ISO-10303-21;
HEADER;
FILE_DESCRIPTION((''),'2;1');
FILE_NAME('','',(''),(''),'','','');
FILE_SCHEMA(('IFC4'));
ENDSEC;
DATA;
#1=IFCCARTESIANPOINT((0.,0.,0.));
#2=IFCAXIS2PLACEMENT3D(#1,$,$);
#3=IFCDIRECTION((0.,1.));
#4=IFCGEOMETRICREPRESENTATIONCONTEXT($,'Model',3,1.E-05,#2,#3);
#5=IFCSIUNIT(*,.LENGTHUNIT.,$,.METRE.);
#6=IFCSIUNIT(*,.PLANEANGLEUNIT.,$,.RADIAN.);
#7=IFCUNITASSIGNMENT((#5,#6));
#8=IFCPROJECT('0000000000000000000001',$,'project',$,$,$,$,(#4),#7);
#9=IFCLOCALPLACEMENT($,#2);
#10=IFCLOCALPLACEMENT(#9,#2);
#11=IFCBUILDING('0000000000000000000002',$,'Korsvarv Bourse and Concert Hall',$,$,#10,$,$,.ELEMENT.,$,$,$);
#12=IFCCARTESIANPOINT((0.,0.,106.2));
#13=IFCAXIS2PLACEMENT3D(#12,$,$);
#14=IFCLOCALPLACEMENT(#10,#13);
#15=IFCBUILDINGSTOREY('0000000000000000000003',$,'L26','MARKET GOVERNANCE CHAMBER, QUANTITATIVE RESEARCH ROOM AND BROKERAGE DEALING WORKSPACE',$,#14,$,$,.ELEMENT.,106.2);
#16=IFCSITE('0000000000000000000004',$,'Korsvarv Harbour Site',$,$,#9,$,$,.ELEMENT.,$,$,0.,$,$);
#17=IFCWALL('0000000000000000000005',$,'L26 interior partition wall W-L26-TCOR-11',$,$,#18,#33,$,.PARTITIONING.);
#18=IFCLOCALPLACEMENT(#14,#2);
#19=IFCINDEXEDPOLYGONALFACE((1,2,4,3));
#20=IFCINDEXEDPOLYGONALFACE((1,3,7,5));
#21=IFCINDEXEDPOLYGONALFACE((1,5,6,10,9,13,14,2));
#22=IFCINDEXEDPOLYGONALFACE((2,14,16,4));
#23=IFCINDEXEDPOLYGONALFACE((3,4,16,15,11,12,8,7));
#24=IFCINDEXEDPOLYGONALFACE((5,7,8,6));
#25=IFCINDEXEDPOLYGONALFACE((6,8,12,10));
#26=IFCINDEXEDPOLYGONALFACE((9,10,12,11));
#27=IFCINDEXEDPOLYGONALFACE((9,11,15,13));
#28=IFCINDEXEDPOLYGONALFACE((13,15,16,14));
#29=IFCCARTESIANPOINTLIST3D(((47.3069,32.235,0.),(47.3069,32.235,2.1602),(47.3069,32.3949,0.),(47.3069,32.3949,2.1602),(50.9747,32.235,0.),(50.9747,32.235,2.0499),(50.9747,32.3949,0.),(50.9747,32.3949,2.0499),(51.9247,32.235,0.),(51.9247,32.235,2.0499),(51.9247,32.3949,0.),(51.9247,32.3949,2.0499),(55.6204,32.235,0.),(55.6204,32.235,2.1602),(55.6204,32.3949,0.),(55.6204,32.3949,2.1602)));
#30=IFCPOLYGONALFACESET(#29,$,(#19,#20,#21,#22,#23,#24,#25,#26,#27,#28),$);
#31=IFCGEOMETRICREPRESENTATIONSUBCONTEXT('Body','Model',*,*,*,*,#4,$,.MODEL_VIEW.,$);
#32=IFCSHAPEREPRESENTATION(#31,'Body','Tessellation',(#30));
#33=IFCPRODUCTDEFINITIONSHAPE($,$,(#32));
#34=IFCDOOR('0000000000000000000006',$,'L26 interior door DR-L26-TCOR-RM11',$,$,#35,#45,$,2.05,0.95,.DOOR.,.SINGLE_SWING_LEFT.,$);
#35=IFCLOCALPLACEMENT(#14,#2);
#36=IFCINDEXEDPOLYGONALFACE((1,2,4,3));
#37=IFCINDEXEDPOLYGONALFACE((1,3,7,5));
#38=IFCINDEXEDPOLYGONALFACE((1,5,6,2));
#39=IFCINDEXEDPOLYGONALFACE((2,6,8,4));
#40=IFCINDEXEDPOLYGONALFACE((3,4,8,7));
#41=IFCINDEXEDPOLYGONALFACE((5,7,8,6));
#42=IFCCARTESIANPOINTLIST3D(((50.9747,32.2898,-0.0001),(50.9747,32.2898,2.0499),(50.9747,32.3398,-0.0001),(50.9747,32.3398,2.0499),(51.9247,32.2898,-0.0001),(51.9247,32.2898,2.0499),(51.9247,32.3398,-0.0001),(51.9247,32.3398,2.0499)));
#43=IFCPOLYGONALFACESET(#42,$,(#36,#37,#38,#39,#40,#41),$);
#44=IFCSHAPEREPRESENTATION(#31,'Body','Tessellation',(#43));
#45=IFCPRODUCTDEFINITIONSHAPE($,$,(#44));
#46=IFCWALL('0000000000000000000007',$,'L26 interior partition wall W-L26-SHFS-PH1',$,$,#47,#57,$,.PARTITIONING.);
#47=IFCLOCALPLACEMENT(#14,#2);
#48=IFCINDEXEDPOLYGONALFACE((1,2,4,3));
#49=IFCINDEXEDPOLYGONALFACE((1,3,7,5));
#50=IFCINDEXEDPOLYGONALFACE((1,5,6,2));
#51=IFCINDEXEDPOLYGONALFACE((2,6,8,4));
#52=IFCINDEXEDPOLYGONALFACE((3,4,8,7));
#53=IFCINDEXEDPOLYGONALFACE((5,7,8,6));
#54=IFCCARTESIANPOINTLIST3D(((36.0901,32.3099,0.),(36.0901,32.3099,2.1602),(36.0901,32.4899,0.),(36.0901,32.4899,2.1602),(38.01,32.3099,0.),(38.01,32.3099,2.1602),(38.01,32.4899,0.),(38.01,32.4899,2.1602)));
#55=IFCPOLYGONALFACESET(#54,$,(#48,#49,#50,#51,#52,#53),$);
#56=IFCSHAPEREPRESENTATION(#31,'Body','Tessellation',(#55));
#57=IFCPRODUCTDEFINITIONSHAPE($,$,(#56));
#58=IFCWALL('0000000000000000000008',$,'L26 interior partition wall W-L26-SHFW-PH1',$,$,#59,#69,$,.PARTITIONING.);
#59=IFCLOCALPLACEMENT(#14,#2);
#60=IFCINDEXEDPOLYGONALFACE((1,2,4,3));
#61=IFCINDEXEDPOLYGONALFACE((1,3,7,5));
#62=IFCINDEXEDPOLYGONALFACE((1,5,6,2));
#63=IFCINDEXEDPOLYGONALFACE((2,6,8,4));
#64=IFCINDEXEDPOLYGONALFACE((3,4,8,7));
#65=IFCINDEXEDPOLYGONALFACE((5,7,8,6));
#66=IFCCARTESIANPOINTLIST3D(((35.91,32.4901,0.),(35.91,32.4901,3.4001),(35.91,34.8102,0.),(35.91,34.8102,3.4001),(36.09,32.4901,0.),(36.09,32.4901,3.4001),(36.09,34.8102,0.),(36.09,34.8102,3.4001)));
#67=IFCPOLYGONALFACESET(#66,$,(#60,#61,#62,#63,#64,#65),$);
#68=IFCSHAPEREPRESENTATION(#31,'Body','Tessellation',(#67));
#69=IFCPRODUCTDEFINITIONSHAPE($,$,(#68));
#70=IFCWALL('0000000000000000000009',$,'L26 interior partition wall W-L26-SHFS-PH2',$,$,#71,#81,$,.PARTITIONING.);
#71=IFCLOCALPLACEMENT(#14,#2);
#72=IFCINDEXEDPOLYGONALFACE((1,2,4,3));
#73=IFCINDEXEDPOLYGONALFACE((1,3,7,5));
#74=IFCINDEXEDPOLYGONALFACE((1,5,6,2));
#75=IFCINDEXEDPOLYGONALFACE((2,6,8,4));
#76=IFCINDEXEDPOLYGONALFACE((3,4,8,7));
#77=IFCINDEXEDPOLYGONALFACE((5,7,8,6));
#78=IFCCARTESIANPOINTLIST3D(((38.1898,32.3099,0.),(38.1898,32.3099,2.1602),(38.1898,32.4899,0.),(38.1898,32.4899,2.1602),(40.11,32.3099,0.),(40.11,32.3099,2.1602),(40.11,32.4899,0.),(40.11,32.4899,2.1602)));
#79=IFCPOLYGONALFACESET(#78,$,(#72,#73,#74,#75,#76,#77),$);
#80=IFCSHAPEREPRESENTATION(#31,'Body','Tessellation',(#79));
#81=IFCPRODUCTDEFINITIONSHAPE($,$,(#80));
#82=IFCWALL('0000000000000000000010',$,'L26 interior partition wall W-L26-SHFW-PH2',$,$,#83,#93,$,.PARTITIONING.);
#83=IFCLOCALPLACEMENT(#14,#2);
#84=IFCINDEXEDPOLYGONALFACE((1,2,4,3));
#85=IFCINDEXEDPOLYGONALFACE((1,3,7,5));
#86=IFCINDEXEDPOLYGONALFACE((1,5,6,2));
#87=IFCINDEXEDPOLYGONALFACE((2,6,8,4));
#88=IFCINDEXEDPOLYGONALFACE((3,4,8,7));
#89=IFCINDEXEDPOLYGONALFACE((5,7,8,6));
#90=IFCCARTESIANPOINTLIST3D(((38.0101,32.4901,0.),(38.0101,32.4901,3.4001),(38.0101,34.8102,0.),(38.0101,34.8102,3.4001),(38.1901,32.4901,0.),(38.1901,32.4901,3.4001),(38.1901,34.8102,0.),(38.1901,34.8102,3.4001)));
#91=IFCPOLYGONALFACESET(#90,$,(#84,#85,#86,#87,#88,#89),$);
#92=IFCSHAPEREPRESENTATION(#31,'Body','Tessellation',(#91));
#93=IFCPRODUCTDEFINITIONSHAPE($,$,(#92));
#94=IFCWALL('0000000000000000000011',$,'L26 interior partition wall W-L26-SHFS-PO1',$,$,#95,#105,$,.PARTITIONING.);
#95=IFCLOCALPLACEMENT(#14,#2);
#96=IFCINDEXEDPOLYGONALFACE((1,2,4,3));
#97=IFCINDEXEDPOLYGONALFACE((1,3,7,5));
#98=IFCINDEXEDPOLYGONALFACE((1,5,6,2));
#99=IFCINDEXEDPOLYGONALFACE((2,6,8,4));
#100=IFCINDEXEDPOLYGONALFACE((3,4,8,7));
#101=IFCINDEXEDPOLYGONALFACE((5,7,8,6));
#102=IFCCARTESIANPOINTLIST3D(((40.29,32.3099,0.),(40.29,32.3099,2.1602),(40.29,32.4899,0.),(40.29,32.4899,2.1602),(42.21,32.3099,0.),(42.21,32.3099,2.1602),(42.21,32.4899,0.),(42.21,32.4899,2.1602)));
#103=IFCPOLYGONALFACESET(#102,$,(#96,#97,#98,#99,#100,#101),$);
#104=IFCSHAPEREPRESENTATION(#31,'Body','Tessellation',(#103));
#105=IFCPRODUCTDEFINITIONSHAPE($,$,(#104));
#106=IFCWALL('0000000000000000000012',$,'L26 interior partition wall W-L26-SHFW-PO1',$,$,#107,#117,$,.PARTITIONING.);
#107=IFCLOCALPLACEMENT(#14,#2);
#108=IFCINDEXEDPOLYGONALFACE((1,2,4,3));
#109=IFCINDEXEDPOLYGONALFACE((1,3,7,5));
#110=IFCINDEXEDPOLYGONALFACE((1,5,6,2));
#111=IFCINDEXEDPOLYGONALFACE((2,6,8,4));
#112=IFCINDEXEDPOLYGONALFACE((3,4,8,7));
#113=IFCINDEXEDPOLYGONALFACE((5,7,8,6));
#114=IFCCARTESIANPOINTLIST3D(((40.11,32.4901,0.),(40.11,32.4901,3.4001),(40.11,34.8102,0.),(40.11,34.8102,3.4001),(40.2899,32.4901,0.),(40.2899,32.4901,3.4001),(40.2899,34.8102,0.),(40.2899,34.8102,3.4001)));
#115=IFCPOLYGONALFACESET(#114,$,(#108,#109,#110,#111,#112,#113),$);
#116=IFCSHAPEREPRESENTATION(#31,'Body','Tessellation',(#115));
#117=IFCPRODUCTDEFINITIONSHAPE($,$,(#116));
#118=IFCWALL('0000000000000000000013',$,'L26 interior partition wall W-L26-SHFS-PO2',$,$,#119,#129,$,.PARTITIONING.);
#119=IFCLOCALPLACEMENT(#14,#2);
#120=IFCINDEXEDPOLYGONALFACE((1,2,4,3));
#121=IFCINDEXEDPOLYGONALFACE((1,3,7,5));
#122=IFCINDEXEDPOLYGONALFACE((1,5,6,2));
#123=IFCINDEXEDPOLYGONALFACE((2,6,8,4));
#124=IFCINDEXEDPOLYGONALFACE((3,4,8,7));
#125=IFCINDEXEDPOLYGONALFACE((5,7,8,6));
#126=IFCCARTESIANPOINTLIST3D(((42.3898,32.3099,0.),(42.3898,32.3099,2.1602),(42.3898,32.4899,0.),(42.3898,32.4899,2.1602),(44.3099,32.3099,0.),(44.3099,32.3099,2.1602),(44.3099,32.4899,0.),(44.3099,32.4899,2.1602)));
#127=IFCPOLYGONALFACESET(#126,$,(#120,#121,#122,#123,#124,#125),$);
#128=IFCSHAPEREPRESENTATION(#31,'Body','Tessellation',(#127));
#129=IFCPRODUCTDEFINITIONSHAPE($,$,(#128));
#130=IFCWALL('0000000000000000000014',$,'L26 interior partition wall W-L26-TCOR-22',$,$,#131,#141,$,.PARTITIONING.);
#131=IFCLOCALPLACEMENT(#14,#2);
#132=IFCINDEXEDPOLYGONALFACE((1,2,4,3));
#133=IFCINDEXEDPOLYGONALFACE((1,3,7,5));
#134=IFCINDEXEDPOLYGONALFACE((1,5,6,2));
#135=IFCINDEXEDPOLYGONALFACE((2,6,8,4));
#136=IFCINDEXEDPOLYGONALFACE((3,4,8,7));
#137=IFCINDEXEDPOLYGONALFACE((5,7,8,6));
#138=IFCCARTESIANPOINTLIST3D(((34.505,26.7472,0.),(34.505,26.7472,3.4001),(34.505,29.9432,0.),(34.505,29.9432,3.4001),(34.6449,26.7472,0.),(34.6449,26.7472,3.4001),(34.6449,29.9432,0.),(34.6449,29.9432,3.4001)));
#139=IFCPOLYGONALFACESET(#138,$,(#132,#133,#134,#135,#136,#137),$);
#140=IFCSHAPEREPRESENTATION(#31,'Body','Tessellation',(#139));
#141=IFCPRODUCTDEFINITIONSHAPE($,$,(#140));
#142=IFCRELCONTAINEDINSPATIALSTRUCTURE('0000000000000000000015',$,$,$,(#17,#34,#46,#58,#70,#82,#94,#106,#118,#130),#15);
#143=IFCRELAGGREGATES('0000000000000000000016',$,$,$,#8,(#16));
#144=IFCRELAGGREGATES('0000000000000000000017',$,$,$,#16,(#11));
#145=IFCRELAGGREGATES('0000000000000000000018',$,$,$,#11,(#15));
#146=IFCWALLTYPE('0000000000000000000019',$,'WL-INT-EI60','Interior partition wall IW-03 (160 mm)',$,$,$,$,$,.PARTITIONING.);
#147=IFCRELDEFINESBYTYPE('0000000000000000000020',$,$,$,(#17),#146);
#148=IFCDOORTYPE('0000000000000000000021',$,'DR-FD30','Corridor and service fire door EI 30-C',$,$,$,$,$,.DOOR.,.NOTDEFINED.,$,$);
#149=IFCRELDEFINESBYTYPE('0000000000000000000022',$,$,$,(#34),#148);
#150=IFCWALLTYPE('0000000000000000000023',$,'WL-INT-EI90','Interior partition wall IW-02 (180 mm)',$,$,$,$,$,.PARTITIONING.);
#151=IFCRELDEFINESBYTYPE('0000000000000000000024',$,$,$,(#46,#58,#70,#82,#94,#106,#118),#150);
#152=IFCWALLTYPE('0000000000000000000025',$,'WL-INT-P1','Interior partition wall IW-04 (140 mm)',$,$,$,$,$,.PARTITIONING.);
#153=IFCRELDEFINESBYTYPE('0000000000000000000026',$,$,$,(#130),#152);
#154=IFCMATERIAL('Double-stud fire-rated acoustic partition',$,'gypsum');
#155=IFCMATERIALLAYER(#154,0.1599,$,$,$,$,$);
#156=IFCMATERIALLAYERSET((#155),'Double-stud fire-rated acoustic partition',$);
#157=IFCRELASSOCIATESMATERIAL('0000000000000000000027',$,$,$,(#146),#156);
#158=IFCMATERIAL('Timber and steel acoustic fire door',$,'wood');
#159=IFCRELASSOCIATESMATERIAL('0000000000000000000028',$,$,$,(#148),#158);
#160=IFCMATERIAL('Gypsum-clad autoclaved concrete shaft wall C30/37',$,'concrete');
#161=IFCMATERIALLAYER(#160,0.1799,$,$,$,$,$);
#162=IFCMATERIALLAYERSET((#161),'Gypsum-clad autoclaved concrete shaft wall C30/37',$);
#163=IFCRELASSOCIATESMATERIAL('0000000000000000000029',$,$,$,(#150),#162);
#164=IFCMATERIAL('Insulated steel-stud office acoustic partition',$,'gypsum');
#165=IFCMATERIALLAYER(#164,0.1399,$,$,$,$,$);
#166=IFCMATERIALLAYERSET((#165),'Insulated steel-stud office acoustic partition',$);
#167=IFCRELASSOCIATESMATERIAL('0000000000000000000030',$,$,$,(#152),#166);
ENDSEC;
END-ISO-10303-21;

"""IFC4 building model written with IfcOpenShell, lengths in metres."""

from ifc_helpers import new_model, si_unit, direction, frame, frame_2d, origin, place, context, subcontext, project, spatial, rectangle, extrude, material, layer, layer_set, type_object, element, fill, save


model = new_model("IFC4")

# Units and contexts
model_context = context("Model", 3, precision=1e-05, world=origin(), true_north=direction((0.0, 1.0)))
body_context = subcontext(model_context, "Body", "Model", "MODEL_VIEW")
ifc_project = project(units=[si_unit("LENGTHUNIT", "METRE"), si_unit("PLANEANGLEUNIT", "RADIAN")], contexts=[model_context])

# Site, building, storey
site_placement = place(None, origin())
site = spatial("IfcSite", under=ifc_project, at=site_placement, Name="Korsvarv Harbour Site", CompositionType="ELEMENT", RefElevation=0.0)
building_placement = place(site_placement, origin())
building = spatial("IfcBuilding", under=site, at=building_placement, Name="Korsvarv Bourse and Concert Hall", CompositionType="ELEMENT")
storey_placement = place(building_placement, frame((0.0, 0.0, 106.2)))
storey = spatial("IfcBuildingStorey", under=building, at=storey_placement, Name="L26", Description="MARKET GOVERNANCE CHAMBER, QUANTITATIVE RESEARCH ROOM AND BROKERAGE DEALING WORKSPACE", CompositionType="ELEMENT", Elevation=106.2)

# Shared definitions
ifc_material_1 = material(Name="Double-stud fire-rated acoustic partition", Category="gypsum")
ifc_layer_1 = layer(ifc_material_1, 0.1599)
ifc_layer_set_1 = layer_set([ifc_layer_1], Name="Double-stud fire-rated acoustic partition")
wall_type_1 = type_object("IfcWallType", Name="WL-INT-EI60", Description="Interior partition wall IW-03 (160 mm)", PredefinedType="PARTITIONING", material=ifc_layer_set_1)

# Wall, opening, door
wall_1_placement = place(storey_placement, frame((47.3069, 32.3149, 0.0), z_axis=(0.0, 0.0, 1.0), x_axis=(1.0, 0.0, 0.0)))
wall_1 = element("IfcWall", 1, at=wall_1_placement, inside=storey, type_object=wall_type_1, Name="L26 interior partition wall W-L26-TCOR-11", PredefinedType="PARTITIONING", context=body_context, shape_type="SweptSolid", body=[
    extrude(rectangle(XDim=8.3135, YDim=0.1599, at=frame_2d((4.1567, 0.0))), origin(), (0.0, 0.0, 1.0), 2.1602),
])
opening_placement = place(wall_1_placement, frame((3.6677, 0.0, 0.0)))
opening = element("IfcOpeningElement", 2, at=opening_placement, cuts=wall_1, PredefinedType="OPENING", context=body_context, shape_type="SweptSolid", body=[
    extrude(rectangle(XDim=0.95, YDim=2.05, at=frame_2d((0.4751, 1.0249))), frame((0.0, 0.0898, 0.0), z_axis=(0.0, -1.0, 0.0), x_axis=(1.0, 0.0, 0.0)), (0.0, 0.0, 1.0), 0.1799),
])
ifc_material_2 = material(Name="Timber and steel acoustic fire door", Category="wood")
door_type = type_object("IfcDoorType", Name="DR-FD30", Description="Corridor and service fire door EI 30-C", OperationType="NOTDEFINED", PredefinedType="DOOR", material=ifc_material_2)
door_placement = place(opening_placement, origin())
door = element("IfcDoor", 3, at=door_placement, inside=storey, type_object=door_type, Name="L26 interior door DR-L26-TCOR-RM11", OperationType="SINGLE_SWING_LEFT", OverallHeight=2.05, OverallWidth=0.95, PredefinedType="DOOR", context=body_context, shape_type="SweptSolid", body=[
    extrude(rectangle(XDim=0.95, YDim=2.05, at=frame_2d((0.4751, 1.0249))), frame((0.0, 0.0249, 0.0), z_axis=(0.0, -1.0, 0.0), x_axis=(1.0, 0.0, 0.0)), (0.0, 0.0, 1.0), 0.05),
])
fill(opening, door)

# Walls
ifc_material_3 = material(Name="Gypsum-clad autoclaved concrete shaft wall C30/37", Category="concrete")
ifc_layer_2 = layer(ifc_material_3, 0.1799)
ifc_layer_set_2 = layer_set([ifc_layer_2], Name="Gypsum-clad autoclaved concrete shaft wall C30/37")
wall_type_2 = type_object("IfcWallType", Name="WL-INT-EI90", Description="Interior partition wall IW-02 (180 mm)", PredefinedType="PARTITIONING", material=ifc_layer_set_2)
wall_2_placement = place(storey_placement, frame((36.0901, 32.3999, 0.0), z_axis=(0.0, 0.0, 1.0), x_axis=(1.0, 0.0, 0.0)))
element("IfcWall", 4, at=wall_2_placement, inside=storey, type_object=wall_type_2, Name="L26 interior partition wall W-L26-SHFS-PH1", PredefinedType="PARTITIONING", context=body_context, shape_type="SweptSolid", body=[
    extrude(rectangle(XDim=1.9199, YDim=0.1799, at=frame_2d((0.96, 0.0))), origin(), (0.0, 0.0, 1.0), 2.1602),
])
wall_3_placement = place(storey_placement, frame((36.0, 32.49, 0.0), z_axis=(0.0, 0.0, 1.0), x_axis=(0.0, 1.0, 0.0)))
element("IfcWall", 5, at=wall_3_placement, inside=storey, type_object=wall_type_2, Name="L26 interior partition wall W-L26-SHFW-PH1", PredefinedType="PARTITIONING", context=body_context, shape_type="SweptSolid", body=[
    extrude(rectangle(XDim=2.3201, YDim=0.1799, at=frame_2d((1.1602, 0.0))), origin(), (0.0, 0.0, 1.0), 3.4001),
])
wall_4_placement = place(storey_placement, frame((38.1899, 32.3999, 0.0), z_axis=(0.0, 0.0, 1.0), x_axis=(1.0, 0.0, 0.0)))
element("IfcWall", 6, at=wall_4_placement, inside=storey, type_object=wall_type_2, Name="L26 interior partition wall W-L26-SHFS-PH2", PredefinedType="PARTITIONING", context=body_context, shape_type="SweptSolid", body=[
    extrude(rectangle(XDim=1.9202, YDim=0.1799, at=frame_2d((0.96, 0.0))), origin(), (0.0, 0.0, 1.0), 2.1602),
])
wall_5_placement = place(storey_placement, frame((38.1001, 32.49, 0.0), z_axis=(0.0, 0.0, 1.0), x_axis=(0.0, 1.0, 0.0)))
element("IfcWall", 7, at=wall_5_placement, inside=storey, type_object=wall_type_2, Name="L26 interior partition wall W-L26-SHFW-PH2", PredefinedType="PARTITIONING", context=body_context, shape_type="SweptSolid", body=[
    extrude(rectangle(XDim=2.3201, YDim=0.1799, at=frame_2d((1.1602, 0.0))), origin(), (0.0, 0.0, 1.0), 3.4001),
])
wall_6_placement = place(storey_placement, frame((40.29, 32.3999, 0.0), z_axis=(0.0, 0.0, 1.0), x_axis=(1.0, 0.0, 0.0)))
element("IfcWall", 8, at=wall_6_placement, inside=storey, type_object=wall_type_2, Name="L26 interior partition wall W-L26-SHFS-PO1", PredefinedType="PARTITIONING", context=body_context, shape_type="SweptSolid", body=[
    extrude(rectangle(XDim=1.9199, YDim=0.1799, at=frame_2d((0.96, 0.0))), origin(), (0.0, 0.0, 1.0), 2.1602),
])
wall_7_placement = place(storey_placement, frame((40.2, 32.49, 0.0), z_axis=(0.0, 0.0, 1.0), x_axis=(0.0, 1.0, 0.0)))
element("IfcWall", 9, at=wall_7_placement, inside=storey, type_object=wall_type_2, Name="L26 interior partition wall W-L26-SHFW-PO1", PredefinedType="PARTITIONING", context=body_context, shape_type="SweptSolid", body=[
    extrude(rectangle(XDim=2.3201, YDim=0.1799, at=frame_2d((1.1602, 0.0))), origin(), (0.0, 0.0, 1.0), 3.4001),
])
wall_8_placement = place(storey_placement, frame((42.3899, 32.3999, 0.0), z_axis=(0.0, 0.0, 1.0), x_axis=(1.0, 0.0, 0.0)))
element("IfcWall", 10, at=wall_8_placement, inside=storey, type_object=wall_type_2, Name="L26 interior partition wall W-L26-SHFS-PO2", PredefinedType="PARTITIONING", context=body_context, shape_type="SweptSolid", body=[
    extrude(rectangle(XDim=1.9202, YDim=0.1799, at=frame_2d((0.96, 0.0))), origin(), (0.0, 0.0, 1.0), 2.1602),
])
ifc_material_4 = material(Name="Insulated steel-stud office acoustic partition", Category="gypsum")
ifc_layer_3 = layer(ifc_material_4, 0.1399)
ifc_layer_set_3 = layer_set([ifc_layer_3], Name="Insulated steel-stud office acoustic partition")
wall_type_3 = type_object("IfcWallType", Name="WL-INT-P1", Description="Interior partition wall IW-04 (140 mm)", PredefinedType="PARTITIONING", material=ifc_layer_set_3)
wall_9_placement = place(storey_placement, frame((34.575, 26.7471, 0.0), z_axis=(0.0, 0.0, 1.0), x_axis=(0.0, 1.0, 0.0)))
element("IfcWall", 11, at=wall_9_placement, inside=storey, type_object=wall_type_3, Name="L26 interior partition wall W-L26-TCOR-22", PredefinedType="PARTITIONING", context=body_context, shape_type="SweptSolid", body=[
    extrude(rectangle(XDim=3.196, YDim=0.1399, at=frame_2d((1.5981, 0.0))), origin(), (0.0, 0.0, 1.0), 3.4001),
])

save(model, "model.ifc")
